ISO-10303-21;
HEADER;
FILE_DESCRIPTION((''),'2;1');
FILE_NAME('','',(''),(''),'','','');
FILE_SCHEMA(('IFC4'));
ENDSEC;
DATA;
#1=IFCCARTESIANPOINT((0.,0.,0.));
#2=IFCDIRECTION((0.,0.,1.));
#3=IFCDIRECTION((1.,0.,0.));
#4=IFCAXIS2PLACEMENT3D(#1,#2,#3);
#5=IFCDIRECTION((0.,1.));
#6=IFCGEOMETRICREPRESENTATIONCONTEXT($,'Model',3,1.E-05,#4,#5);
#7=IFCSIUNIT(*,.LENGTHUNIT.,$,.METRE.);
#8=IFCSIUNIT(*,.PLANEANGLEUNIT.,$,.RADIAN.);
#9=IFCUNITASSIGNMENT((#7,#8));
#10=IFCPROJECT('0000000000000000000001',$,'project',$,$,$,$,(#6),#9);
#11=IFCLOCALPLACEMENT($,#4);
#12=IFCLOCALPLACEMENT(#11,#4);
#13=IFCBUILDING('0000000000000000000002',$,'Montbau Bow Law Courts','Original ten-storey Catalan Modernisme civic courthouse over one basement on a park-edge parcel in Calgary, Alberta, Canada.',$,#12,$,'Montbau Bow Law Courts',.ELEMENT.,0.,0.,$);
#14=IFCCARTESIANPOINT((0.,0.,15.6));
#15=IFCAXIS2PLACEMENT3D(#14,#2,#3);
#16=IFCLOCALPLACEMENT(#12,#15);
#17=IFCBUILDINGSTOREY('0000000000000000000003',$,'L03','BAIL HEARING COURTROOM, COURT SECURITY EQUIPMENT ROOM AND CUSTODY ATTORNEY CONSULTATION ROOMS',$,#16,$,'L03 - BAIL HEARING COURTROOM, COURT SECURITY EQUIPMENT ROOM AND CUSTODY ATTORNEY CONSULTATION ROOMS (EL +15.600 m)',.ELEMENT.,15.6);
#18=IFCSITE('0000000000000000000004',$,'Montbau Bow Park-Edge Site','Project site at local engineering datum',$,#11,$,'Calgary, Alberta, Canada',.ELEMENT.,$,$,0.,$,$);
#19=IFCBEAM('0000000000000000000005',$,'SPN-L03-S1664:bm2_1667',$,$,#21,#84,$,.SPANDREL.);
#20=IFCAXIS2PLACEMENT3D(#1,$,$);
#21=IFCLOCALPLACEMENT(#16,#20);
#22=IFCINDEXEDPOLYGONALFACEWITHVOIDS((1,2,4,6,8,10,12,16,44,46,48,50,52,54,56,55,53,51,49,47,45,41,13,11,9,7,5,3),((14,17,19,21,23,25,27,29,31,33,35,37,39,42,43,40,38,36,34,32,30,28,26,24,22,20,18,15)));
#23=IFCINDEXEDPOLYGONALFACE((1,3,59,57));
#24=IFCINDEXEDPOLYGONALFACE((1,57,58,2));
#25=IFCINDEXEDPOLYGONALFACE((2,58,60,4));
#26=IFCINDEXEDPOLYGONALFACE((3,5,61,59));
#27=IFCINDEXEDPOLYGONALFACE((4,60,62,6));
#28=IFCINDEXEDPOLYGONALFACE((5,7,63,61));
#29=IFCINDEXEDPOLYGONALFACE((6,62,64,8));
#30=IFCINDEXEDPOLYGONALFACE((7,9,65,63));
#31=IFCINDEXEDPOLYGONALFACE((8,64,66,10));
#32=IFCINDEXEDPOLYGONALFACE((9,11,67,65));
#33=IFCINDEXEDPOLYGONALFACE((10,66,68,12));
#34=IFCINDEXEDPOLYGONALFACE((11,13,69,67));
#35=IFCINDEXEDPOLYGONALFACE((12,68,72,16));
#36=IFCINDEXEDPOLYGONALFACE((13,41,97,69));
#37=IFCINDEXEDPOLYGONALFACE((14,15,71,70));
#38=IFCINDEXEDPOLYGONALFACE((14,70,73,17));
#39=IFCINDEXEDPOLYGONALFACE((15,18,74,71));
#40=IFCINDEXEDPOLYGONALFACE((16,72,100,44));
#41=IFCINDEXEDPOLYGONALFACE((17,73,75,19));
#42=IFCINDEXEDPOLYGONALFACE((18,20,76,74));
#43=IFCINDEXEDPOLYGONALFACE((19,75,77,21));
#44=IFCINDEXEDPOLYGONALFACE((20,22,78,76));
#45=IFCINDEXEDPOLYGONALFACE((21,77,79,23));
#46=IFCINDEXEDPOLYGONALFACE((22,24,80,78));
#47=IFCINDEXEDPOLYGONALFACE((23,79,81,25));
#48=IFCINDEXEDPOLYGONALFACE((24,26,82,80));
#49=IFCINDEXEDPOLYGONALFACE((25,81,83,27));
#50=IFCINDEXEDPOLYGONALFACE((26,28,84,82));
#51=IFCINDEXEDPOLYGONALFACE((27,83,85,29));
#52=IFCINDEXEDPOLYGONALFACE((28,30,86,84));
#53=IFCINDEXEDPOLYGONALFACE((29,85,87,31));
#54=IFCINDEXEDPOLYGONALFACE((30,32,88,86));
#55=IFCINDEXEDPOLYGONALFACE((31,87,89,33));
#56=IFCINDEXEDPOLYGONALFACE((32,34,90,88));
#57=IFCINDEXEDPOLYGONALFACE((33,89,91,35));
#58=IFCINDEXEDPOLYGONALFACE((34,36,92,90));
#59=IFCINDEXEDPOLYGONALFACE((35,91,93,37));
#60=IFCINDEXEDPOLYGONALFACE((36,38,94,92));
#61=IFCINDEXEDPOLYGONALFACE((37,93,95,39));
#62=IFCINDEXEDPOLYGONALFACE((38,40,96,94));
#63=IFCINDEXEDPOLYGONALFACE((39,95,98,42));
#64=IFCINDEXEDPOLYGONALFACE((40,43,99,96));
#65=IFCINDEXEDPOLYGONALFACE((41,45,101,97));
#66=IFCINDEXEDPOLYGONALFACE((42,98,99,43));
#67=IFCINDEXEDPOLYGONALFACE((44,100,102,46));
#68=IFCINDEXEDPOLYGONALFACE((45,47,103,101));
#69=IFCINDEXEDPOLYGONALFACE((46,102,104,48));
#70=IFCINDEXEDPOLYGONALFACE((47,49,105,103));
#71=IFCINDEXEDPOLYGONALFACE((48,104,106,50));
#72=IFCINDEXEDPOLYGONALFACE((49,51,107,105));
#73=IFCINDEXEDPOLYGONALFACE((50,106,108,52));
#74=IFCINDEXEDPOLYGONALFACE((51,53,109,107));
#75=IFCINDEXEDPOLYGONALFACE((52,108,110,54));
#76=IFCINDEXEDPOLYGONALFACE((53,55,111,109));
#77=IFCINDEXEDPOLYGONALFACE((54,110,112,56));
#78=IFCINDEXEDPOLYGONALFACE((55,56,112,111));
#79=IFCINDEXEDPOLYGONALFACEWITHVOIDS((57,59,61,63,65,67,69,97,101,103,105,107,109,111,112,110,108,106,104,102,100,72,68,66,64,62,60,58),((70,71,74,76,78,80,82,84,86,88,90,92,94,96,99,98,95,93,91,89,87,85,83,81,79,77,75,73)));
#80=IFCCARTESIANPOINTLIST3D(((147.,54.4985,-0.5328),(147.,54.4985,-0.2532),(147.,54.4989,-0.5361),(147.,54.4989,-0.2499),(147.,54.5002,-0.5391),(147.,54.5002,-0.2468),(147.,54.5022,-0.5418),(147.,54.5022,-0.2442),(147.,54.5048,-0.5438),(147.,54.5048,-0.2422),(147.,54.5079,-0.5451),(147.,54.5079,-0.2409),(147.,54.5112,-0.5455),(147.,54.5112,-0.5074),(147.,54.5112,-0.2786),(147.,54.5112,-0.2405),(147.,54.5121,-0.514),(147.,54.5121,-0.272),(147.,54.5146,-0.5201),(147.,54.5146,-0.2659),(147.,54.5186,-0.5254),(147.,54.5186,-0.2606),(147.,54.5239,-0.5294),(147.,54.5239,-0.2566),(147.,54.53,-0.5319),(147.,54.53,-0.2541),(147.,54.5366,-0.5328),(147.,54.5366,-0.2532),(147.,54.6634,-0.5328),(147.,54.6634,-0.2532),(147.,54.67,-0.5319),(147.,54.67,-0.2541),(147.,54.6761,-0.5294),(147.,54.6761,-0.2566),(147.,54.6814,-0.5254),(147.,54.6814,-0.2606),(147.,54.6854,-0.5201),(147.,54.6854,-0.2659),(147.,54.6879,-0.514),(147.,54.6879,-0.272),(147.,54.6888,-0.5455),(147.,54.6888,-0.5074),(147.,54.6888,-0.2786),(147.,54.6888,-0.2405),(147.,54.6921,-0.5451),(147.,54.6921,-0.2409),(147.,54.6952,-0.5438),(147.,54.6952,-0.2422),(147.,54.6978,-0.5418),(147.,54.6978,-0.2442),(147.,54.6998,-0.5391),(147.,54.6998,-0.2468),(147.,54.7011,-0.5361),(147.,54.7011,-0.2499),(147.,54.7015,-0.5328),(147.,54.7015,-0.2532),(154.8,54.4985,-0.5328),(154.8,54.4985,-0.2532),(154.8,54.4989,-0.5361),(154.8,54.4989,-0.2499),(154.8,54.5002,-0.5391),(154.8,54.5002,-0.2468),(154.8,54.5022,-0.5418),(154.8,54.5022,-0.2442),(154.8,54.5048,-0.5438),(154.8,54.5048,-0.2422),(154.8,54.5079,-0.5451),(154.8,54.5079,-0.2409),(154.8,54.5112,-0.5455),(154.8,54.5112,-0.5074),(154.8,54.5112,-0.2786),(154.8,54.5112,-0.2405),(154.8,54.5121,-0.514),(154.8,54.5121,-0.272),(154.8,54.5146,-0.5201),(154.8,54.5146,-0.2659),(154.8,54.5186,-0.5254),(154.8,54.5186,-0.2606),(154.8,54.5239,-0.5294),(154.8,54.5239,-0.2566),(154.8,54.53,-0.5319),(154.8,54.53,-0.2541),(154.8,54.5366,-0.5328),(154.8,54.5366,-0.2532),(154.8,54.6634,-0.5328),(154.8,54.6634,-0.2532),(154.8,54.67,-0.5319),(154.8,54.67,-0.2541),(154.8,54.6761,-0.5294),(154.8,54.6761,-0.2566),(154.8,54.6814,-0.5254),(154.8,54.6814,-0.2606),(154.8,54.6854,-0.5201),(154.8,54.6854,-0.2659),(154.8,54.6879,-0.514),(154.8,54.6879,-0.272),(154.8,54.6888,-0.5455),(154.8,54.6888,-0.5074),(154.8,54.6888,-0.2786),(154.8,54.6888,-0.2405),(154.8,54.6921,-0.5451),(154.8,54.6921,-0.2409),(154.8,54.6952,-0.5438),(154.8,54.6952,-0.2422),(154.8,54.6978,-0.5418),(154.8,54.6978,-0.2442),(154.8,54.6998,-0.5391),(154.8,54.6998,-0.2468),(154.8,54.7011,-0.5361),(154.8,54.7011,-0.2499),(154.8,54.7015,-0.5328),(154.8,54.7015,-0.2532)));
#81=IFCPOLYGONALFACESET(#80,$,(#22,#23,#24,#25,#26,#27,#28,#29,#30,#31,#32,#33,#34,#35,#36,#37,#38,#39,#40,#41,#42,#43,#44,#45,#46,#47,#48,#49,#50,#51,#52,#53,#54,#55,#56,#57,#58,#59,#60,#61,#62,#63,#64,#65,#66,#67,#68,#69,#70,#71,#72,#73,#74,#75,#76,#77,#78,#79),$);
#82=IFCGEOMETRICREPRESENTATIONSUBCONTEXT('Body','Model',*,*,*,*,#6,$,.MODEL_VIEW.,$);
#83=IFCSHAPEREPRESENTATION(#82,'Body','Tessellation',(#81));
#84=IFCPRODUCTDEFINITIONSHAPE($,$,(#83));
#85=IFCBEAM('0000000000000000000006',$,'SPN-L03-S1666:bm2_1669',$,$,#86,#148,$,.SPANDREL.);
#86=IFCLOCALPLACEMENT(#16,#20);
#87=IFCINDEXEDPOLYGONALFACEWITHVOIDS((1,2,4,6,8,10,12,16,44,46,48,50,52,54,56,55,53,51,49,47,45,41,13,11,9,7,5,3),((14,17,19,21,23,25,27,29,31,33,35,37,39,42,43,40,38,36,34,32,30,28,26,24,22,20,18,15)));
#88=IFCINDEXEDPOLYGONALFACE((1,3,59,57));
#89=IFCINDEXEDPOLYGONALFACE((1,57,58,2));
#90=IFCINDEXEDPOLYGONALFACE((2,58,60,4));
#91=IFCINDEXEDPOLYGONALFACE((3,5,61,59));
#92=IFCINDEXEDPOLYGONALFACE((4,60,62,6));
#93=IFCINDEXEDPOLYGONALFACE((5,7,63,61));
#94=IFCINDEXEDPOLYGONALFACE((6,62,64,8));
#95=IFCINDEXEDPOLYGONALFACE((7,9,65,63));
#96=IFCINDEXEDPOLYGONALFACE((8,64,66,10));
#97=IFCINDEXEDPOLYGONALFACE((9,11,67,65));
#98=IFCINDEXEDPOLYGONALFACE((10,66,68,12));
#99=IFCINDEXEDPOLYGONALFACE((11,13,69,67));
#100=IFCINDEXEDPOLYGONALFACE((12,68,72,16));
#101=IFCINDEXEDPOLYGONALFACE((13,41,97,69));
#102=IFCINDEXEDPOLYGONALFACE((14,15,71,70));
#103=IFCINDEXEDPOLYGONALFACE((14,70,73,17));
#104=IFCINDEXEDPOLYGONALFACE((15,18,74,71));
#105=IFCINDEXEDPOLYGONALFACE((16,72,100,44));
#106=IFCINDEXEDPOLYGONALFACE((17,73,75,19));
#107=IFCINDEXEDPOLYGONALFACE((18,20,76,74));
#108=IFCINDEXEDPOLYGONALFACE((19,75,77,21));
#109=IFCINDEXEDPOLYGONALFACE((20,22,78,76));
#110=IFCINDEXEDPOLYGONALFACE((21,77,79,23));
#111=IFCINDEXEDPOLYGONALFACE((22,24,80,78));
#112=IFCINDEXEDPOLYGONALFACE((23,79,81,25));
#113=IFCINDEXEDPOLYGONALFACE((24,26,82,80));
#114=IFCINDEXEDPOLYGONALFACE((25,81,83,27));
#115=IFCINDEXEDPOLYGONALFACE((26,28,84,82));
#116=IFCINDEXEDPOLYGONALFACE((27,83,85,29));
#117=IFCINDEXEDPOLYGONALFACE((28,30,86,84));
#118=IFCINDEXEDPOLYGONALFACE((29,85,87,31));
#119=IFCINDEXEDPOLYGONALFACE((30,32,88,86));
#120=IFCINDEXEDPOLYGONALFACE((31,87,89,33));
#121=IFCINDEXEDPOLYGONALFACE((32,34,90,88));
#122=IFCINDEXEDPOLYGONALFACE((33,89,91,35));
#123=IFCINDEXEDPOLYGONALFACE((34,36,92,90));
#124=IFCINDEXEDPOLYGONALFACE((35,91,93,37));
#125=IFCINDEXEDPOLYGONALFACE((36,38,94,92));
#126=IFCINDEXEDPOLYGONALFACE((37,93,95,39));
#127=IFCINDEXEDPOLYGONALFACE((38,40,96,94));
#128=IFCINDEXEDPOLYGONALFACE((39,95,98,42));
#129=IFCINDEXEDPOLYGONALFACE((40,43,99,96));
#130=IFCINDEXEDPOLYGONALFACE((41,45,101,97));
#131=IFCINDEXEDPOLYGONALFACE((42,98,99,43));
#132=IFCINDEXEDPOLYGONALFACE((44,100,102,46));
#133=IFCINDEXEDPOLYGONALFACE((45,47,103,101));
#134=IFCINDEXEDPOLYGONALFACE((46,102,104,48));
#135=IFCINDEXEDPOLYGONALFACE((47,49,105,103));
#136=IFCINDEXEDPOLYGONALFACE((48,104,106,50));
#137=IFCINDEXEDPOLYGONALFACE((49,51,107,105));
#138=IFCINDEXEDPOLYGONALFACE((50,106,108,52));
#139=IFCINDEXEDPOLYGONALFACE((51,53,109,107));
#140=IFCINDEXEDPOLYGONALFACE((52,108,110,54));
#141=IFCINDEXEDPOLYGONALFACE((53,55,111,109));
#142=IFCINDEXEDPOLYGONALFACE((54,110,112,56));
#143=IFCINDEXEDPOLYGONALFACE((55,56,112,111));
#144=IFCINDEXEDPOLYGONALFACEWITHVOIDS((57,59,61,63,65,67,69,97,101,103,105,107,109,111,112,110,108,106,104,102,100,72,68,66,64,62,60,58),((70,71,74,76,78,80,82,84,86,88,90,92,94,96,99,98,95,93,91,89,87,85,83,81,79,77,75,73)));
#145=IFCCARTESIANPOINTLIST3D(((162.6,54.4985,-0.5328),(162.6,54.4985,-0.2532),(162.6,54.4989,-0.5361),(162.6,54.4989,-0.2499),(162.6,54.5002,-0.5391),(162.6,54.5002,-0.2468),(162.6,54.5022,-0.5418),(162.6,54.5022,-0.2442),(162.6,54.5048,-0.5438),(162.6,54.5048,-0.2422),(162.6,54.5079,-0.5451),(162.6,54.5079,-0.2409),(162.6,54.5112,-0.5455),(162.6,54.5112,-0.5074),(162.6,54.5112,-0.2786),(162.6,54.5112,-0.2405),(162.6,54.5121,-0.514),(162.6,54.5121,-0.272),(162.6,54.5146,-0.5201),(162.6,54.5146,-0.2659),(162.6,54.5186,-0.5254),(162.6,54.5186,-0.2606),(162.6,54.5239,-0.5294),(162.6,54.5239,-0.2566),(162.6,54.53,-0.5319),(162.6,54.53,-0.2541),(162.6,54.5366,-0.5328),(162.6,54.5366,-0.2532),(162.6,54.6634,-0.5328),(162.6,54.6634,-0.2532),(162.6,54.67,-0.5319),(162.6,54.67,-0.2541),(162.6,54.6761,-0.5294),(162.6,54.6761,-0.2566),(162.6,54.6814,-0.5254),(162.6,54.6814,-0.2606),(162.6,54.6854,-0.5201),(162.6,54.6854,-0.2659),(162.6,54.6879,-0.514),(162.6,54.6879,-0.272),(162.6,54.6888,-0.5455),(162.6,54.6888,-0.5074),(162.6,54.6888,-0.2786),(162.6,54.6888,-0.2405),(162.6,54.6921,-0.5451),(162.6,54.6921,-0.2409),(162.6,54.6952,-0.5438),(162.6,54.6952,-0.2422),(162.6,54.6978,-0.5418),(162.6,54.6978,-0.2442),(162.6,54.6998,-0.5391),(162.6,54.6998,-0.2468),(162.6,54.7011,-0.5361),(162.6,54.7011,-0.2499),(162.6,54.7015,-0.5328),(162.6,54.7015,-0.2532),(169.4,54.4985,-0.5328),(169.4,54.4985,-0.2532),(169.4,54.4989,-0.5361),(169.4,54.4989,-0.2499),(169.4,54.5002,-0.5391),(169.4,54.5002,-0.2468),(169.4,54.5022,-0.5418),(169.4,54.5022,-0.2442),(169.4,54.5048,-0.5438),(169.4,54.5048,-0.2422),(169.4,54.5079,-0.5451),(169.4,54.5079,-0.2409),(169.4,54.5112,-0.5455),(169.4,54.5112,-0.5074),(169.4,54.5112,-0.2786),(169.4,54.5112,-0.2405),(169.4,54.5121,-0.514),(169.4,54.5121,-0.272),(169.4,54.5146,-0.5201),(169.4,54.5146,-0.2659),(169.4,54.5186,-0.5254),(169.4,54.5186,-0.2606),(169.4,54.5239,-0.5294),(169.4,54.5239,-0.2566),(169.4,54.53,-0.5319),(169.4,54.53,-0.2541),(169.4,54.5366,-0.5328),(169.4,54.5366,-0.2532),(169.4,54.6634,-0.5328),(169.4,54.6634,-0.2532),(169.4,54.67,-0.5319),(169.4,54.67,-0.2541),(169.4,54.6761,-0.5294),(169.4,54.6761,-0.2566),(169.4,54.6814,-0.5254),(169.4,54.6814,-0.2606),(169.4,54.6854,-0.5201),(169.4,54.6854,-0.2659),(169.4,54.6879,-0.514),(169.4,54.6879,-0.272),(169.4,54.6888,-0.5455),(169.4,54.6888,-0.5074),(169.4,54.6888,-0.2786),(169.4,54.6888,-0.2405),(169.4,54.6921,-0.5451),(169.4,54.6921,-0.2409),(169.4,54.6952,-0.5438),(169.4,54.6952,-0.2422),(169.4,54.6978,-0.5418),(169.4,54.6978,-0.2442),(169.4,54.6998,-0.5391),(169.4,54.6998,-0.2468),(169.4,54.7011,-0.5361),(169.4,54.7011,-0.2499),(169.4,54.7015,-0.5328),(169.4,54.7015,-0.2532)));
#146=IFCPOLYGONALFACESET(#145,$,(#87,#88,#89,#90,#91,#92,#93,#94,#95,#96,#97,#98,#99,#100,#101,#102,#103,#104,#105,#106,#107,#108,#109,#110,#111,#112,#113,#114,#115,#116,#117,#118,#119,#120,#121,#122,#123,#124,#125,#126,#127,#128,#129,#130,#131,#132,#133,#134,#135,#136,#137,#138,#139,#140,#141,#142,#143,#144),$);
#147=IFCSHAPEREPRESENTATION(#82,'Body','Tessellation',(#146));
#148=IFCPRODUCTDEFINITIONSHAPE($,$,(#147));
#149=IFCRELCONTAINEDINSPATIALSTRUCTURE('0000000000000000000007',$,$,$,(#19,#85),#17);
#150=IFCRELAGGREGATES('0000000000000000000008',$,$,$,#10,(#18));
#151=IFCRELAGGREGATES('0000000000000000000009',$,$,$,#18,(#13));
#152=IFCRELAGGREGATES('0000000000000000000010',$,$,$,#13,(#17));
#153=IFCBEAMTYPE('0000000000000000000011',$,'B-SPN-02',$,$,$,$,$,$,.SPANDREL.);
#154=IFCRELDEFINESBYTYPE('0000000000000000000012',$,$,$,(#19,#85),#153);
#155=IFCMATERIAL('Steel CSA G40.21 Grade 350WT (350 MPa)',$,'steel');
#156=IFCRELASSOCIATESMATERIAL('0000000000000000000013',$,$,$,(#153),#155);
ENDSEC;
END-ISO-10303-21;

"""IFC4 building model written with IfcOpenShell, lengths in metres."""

from ifc_helpers import new_model, si_unit, direction, frame, origin_with_axes, origin_2d_with_axis, place, context, subcontext, project, spatial, hollow_rectangle, extrude, material, material_profile, profile_set, type_object, element, save


model = new_model("IFC4")

# Units and contexts
model_context = context("Model", 3, precision=1e-05, world=origin_with_axes(), true_north=direction((0.0, 1.0)))
body_context = subcontext(model_context, "Body", "Model", "MODEL_VIEW")
ifc_project = project(units=[si_unit("LENGTHUNIT", "METRE"), si_unit("PLANEANGLEUNIT", "RADIAN")], contexts=[model_context])

# Site, building, storey
site_placement = place(None, origin_with_axes())
site = spatial("IfcSite", under=ifc_project, at=site_placement, Name="Montbau Bow Park-Edge Site", Description="Project site at local engineering datum", LongName="Calgary, Alberta, Canada", CompositionType="ELEMENT", RefElevation=0.0)
building_placement = place(site_placement, origin_with_axes())
building = spatial("IfcBuilding", under=site, at=building_placement, Name="Montbau Bow Law Courts", Description="Original ten-storey Catalan Modernisme civic courthouse over one basement on a park-edge parcel in Calgary, Alberta, Canada.", LongName="Montbau Bow Law Courts", CompositionType="ELEMENT", ElevationOfRefHeight=0.0, ElevationOfTerrain=0.0)
storey_placement = place(building_placement, frame((0.0, 0.0, 15.6), z_axis=(0.0, 0.0, 1.0), x_axis=(1.0, 0.0, 0.0)))
storey = spatial("IfcBuildingStorey", under=building, at=storey_placement, Name="L03", Description="BAIL HEARING COURTROOM, COURT SECURITY EQUIPMENT ROOM AND CUSTODY ATTORNEY CONSULTATION ROOMS", LongName="L03 - BAIL HEARING COURTROOM, COURT SECURITY EQUIPMENT ROOM AND CUSTODY ATTORNEY CONSULTATION ROOMS (EL +15.600 m)", CompositionType="ELEMENT", Elevation=15.6)

# Beams
ifc_material_1 = material(Name="Steel CSA G40.21 Grade 350WT (350 MPa)", Category="steel")
ifc_material_profile_1 = material_profile(ifc_material_1, hollow_rectangle(XDim=0.203, YDim=0.305, WallThickness=0.0127, InnerFilletRadius=0.0254, OuterFilletRadius=0.0127, at=origin_2d_with_axis()), Name="HSS305X203X13", Category="Main", Priority=0)
ifc_profile_set_1 = profile_set([ifc_material_profile_1], Name="Steel CSA G40.21 Grade 350WT (350 MPa)")
beam_type_1 = type_object("IfcBeamType", Name="B-SPN-02", PredefinedType="SPANDREL", material=ifc_profile_set_1)
beam_1_placement = place(None, frame((147.0, 54.6, 15.207), z_axis=(1.0, 0.0, 0.0), x_axis=(0.0, 1.0, 0.0)))
element("IfcBeam", 1, at=beam_1_placement, inside=storey, type_object=beam_type_1, Name="SPN-L03-S1664:bm2_1667", PredefinedType="SPANDREL", context=body_context, shape_type="SweptSolid", body=[
    extrude(hollow_rectangle(XDim=0.203, YDim=0.305, WallThickness=0.0127, InnerFilletRadius=0.0254, OuterFilletRadius=0.0127, at=origin_2d_with_axis()), origin_with_axes(), (0.0, 0.0, 1.0), 7.8),
])
beam_2_placement = place(None, frame((162.6, 54.6, 15.207), z_axis=(1.0, 0.0, 0.0), x_axis=(0.0, 1.0, 0.0)))
element("IfcBeam", 2, at=beam_2_placement, inside=storey, type_object=beam_type_1, Name="SPN-L03-S1666:bm2_1669", PredefinedType="SPANDREL", context=body_context, shape_type="SweptSolid", body=[
    extrude(hollow_rectangle(XDim=0.203, YDim=0.305, WallThickness=0.0127, InnerFilletRadius=0.0254, OuterFilletRadius=0.0127, at=origin_2d_with_axis()), origin_with_axes(), (0.0, 0.0, 1.0), 6.8),
])

save(model, "model.ifc")
